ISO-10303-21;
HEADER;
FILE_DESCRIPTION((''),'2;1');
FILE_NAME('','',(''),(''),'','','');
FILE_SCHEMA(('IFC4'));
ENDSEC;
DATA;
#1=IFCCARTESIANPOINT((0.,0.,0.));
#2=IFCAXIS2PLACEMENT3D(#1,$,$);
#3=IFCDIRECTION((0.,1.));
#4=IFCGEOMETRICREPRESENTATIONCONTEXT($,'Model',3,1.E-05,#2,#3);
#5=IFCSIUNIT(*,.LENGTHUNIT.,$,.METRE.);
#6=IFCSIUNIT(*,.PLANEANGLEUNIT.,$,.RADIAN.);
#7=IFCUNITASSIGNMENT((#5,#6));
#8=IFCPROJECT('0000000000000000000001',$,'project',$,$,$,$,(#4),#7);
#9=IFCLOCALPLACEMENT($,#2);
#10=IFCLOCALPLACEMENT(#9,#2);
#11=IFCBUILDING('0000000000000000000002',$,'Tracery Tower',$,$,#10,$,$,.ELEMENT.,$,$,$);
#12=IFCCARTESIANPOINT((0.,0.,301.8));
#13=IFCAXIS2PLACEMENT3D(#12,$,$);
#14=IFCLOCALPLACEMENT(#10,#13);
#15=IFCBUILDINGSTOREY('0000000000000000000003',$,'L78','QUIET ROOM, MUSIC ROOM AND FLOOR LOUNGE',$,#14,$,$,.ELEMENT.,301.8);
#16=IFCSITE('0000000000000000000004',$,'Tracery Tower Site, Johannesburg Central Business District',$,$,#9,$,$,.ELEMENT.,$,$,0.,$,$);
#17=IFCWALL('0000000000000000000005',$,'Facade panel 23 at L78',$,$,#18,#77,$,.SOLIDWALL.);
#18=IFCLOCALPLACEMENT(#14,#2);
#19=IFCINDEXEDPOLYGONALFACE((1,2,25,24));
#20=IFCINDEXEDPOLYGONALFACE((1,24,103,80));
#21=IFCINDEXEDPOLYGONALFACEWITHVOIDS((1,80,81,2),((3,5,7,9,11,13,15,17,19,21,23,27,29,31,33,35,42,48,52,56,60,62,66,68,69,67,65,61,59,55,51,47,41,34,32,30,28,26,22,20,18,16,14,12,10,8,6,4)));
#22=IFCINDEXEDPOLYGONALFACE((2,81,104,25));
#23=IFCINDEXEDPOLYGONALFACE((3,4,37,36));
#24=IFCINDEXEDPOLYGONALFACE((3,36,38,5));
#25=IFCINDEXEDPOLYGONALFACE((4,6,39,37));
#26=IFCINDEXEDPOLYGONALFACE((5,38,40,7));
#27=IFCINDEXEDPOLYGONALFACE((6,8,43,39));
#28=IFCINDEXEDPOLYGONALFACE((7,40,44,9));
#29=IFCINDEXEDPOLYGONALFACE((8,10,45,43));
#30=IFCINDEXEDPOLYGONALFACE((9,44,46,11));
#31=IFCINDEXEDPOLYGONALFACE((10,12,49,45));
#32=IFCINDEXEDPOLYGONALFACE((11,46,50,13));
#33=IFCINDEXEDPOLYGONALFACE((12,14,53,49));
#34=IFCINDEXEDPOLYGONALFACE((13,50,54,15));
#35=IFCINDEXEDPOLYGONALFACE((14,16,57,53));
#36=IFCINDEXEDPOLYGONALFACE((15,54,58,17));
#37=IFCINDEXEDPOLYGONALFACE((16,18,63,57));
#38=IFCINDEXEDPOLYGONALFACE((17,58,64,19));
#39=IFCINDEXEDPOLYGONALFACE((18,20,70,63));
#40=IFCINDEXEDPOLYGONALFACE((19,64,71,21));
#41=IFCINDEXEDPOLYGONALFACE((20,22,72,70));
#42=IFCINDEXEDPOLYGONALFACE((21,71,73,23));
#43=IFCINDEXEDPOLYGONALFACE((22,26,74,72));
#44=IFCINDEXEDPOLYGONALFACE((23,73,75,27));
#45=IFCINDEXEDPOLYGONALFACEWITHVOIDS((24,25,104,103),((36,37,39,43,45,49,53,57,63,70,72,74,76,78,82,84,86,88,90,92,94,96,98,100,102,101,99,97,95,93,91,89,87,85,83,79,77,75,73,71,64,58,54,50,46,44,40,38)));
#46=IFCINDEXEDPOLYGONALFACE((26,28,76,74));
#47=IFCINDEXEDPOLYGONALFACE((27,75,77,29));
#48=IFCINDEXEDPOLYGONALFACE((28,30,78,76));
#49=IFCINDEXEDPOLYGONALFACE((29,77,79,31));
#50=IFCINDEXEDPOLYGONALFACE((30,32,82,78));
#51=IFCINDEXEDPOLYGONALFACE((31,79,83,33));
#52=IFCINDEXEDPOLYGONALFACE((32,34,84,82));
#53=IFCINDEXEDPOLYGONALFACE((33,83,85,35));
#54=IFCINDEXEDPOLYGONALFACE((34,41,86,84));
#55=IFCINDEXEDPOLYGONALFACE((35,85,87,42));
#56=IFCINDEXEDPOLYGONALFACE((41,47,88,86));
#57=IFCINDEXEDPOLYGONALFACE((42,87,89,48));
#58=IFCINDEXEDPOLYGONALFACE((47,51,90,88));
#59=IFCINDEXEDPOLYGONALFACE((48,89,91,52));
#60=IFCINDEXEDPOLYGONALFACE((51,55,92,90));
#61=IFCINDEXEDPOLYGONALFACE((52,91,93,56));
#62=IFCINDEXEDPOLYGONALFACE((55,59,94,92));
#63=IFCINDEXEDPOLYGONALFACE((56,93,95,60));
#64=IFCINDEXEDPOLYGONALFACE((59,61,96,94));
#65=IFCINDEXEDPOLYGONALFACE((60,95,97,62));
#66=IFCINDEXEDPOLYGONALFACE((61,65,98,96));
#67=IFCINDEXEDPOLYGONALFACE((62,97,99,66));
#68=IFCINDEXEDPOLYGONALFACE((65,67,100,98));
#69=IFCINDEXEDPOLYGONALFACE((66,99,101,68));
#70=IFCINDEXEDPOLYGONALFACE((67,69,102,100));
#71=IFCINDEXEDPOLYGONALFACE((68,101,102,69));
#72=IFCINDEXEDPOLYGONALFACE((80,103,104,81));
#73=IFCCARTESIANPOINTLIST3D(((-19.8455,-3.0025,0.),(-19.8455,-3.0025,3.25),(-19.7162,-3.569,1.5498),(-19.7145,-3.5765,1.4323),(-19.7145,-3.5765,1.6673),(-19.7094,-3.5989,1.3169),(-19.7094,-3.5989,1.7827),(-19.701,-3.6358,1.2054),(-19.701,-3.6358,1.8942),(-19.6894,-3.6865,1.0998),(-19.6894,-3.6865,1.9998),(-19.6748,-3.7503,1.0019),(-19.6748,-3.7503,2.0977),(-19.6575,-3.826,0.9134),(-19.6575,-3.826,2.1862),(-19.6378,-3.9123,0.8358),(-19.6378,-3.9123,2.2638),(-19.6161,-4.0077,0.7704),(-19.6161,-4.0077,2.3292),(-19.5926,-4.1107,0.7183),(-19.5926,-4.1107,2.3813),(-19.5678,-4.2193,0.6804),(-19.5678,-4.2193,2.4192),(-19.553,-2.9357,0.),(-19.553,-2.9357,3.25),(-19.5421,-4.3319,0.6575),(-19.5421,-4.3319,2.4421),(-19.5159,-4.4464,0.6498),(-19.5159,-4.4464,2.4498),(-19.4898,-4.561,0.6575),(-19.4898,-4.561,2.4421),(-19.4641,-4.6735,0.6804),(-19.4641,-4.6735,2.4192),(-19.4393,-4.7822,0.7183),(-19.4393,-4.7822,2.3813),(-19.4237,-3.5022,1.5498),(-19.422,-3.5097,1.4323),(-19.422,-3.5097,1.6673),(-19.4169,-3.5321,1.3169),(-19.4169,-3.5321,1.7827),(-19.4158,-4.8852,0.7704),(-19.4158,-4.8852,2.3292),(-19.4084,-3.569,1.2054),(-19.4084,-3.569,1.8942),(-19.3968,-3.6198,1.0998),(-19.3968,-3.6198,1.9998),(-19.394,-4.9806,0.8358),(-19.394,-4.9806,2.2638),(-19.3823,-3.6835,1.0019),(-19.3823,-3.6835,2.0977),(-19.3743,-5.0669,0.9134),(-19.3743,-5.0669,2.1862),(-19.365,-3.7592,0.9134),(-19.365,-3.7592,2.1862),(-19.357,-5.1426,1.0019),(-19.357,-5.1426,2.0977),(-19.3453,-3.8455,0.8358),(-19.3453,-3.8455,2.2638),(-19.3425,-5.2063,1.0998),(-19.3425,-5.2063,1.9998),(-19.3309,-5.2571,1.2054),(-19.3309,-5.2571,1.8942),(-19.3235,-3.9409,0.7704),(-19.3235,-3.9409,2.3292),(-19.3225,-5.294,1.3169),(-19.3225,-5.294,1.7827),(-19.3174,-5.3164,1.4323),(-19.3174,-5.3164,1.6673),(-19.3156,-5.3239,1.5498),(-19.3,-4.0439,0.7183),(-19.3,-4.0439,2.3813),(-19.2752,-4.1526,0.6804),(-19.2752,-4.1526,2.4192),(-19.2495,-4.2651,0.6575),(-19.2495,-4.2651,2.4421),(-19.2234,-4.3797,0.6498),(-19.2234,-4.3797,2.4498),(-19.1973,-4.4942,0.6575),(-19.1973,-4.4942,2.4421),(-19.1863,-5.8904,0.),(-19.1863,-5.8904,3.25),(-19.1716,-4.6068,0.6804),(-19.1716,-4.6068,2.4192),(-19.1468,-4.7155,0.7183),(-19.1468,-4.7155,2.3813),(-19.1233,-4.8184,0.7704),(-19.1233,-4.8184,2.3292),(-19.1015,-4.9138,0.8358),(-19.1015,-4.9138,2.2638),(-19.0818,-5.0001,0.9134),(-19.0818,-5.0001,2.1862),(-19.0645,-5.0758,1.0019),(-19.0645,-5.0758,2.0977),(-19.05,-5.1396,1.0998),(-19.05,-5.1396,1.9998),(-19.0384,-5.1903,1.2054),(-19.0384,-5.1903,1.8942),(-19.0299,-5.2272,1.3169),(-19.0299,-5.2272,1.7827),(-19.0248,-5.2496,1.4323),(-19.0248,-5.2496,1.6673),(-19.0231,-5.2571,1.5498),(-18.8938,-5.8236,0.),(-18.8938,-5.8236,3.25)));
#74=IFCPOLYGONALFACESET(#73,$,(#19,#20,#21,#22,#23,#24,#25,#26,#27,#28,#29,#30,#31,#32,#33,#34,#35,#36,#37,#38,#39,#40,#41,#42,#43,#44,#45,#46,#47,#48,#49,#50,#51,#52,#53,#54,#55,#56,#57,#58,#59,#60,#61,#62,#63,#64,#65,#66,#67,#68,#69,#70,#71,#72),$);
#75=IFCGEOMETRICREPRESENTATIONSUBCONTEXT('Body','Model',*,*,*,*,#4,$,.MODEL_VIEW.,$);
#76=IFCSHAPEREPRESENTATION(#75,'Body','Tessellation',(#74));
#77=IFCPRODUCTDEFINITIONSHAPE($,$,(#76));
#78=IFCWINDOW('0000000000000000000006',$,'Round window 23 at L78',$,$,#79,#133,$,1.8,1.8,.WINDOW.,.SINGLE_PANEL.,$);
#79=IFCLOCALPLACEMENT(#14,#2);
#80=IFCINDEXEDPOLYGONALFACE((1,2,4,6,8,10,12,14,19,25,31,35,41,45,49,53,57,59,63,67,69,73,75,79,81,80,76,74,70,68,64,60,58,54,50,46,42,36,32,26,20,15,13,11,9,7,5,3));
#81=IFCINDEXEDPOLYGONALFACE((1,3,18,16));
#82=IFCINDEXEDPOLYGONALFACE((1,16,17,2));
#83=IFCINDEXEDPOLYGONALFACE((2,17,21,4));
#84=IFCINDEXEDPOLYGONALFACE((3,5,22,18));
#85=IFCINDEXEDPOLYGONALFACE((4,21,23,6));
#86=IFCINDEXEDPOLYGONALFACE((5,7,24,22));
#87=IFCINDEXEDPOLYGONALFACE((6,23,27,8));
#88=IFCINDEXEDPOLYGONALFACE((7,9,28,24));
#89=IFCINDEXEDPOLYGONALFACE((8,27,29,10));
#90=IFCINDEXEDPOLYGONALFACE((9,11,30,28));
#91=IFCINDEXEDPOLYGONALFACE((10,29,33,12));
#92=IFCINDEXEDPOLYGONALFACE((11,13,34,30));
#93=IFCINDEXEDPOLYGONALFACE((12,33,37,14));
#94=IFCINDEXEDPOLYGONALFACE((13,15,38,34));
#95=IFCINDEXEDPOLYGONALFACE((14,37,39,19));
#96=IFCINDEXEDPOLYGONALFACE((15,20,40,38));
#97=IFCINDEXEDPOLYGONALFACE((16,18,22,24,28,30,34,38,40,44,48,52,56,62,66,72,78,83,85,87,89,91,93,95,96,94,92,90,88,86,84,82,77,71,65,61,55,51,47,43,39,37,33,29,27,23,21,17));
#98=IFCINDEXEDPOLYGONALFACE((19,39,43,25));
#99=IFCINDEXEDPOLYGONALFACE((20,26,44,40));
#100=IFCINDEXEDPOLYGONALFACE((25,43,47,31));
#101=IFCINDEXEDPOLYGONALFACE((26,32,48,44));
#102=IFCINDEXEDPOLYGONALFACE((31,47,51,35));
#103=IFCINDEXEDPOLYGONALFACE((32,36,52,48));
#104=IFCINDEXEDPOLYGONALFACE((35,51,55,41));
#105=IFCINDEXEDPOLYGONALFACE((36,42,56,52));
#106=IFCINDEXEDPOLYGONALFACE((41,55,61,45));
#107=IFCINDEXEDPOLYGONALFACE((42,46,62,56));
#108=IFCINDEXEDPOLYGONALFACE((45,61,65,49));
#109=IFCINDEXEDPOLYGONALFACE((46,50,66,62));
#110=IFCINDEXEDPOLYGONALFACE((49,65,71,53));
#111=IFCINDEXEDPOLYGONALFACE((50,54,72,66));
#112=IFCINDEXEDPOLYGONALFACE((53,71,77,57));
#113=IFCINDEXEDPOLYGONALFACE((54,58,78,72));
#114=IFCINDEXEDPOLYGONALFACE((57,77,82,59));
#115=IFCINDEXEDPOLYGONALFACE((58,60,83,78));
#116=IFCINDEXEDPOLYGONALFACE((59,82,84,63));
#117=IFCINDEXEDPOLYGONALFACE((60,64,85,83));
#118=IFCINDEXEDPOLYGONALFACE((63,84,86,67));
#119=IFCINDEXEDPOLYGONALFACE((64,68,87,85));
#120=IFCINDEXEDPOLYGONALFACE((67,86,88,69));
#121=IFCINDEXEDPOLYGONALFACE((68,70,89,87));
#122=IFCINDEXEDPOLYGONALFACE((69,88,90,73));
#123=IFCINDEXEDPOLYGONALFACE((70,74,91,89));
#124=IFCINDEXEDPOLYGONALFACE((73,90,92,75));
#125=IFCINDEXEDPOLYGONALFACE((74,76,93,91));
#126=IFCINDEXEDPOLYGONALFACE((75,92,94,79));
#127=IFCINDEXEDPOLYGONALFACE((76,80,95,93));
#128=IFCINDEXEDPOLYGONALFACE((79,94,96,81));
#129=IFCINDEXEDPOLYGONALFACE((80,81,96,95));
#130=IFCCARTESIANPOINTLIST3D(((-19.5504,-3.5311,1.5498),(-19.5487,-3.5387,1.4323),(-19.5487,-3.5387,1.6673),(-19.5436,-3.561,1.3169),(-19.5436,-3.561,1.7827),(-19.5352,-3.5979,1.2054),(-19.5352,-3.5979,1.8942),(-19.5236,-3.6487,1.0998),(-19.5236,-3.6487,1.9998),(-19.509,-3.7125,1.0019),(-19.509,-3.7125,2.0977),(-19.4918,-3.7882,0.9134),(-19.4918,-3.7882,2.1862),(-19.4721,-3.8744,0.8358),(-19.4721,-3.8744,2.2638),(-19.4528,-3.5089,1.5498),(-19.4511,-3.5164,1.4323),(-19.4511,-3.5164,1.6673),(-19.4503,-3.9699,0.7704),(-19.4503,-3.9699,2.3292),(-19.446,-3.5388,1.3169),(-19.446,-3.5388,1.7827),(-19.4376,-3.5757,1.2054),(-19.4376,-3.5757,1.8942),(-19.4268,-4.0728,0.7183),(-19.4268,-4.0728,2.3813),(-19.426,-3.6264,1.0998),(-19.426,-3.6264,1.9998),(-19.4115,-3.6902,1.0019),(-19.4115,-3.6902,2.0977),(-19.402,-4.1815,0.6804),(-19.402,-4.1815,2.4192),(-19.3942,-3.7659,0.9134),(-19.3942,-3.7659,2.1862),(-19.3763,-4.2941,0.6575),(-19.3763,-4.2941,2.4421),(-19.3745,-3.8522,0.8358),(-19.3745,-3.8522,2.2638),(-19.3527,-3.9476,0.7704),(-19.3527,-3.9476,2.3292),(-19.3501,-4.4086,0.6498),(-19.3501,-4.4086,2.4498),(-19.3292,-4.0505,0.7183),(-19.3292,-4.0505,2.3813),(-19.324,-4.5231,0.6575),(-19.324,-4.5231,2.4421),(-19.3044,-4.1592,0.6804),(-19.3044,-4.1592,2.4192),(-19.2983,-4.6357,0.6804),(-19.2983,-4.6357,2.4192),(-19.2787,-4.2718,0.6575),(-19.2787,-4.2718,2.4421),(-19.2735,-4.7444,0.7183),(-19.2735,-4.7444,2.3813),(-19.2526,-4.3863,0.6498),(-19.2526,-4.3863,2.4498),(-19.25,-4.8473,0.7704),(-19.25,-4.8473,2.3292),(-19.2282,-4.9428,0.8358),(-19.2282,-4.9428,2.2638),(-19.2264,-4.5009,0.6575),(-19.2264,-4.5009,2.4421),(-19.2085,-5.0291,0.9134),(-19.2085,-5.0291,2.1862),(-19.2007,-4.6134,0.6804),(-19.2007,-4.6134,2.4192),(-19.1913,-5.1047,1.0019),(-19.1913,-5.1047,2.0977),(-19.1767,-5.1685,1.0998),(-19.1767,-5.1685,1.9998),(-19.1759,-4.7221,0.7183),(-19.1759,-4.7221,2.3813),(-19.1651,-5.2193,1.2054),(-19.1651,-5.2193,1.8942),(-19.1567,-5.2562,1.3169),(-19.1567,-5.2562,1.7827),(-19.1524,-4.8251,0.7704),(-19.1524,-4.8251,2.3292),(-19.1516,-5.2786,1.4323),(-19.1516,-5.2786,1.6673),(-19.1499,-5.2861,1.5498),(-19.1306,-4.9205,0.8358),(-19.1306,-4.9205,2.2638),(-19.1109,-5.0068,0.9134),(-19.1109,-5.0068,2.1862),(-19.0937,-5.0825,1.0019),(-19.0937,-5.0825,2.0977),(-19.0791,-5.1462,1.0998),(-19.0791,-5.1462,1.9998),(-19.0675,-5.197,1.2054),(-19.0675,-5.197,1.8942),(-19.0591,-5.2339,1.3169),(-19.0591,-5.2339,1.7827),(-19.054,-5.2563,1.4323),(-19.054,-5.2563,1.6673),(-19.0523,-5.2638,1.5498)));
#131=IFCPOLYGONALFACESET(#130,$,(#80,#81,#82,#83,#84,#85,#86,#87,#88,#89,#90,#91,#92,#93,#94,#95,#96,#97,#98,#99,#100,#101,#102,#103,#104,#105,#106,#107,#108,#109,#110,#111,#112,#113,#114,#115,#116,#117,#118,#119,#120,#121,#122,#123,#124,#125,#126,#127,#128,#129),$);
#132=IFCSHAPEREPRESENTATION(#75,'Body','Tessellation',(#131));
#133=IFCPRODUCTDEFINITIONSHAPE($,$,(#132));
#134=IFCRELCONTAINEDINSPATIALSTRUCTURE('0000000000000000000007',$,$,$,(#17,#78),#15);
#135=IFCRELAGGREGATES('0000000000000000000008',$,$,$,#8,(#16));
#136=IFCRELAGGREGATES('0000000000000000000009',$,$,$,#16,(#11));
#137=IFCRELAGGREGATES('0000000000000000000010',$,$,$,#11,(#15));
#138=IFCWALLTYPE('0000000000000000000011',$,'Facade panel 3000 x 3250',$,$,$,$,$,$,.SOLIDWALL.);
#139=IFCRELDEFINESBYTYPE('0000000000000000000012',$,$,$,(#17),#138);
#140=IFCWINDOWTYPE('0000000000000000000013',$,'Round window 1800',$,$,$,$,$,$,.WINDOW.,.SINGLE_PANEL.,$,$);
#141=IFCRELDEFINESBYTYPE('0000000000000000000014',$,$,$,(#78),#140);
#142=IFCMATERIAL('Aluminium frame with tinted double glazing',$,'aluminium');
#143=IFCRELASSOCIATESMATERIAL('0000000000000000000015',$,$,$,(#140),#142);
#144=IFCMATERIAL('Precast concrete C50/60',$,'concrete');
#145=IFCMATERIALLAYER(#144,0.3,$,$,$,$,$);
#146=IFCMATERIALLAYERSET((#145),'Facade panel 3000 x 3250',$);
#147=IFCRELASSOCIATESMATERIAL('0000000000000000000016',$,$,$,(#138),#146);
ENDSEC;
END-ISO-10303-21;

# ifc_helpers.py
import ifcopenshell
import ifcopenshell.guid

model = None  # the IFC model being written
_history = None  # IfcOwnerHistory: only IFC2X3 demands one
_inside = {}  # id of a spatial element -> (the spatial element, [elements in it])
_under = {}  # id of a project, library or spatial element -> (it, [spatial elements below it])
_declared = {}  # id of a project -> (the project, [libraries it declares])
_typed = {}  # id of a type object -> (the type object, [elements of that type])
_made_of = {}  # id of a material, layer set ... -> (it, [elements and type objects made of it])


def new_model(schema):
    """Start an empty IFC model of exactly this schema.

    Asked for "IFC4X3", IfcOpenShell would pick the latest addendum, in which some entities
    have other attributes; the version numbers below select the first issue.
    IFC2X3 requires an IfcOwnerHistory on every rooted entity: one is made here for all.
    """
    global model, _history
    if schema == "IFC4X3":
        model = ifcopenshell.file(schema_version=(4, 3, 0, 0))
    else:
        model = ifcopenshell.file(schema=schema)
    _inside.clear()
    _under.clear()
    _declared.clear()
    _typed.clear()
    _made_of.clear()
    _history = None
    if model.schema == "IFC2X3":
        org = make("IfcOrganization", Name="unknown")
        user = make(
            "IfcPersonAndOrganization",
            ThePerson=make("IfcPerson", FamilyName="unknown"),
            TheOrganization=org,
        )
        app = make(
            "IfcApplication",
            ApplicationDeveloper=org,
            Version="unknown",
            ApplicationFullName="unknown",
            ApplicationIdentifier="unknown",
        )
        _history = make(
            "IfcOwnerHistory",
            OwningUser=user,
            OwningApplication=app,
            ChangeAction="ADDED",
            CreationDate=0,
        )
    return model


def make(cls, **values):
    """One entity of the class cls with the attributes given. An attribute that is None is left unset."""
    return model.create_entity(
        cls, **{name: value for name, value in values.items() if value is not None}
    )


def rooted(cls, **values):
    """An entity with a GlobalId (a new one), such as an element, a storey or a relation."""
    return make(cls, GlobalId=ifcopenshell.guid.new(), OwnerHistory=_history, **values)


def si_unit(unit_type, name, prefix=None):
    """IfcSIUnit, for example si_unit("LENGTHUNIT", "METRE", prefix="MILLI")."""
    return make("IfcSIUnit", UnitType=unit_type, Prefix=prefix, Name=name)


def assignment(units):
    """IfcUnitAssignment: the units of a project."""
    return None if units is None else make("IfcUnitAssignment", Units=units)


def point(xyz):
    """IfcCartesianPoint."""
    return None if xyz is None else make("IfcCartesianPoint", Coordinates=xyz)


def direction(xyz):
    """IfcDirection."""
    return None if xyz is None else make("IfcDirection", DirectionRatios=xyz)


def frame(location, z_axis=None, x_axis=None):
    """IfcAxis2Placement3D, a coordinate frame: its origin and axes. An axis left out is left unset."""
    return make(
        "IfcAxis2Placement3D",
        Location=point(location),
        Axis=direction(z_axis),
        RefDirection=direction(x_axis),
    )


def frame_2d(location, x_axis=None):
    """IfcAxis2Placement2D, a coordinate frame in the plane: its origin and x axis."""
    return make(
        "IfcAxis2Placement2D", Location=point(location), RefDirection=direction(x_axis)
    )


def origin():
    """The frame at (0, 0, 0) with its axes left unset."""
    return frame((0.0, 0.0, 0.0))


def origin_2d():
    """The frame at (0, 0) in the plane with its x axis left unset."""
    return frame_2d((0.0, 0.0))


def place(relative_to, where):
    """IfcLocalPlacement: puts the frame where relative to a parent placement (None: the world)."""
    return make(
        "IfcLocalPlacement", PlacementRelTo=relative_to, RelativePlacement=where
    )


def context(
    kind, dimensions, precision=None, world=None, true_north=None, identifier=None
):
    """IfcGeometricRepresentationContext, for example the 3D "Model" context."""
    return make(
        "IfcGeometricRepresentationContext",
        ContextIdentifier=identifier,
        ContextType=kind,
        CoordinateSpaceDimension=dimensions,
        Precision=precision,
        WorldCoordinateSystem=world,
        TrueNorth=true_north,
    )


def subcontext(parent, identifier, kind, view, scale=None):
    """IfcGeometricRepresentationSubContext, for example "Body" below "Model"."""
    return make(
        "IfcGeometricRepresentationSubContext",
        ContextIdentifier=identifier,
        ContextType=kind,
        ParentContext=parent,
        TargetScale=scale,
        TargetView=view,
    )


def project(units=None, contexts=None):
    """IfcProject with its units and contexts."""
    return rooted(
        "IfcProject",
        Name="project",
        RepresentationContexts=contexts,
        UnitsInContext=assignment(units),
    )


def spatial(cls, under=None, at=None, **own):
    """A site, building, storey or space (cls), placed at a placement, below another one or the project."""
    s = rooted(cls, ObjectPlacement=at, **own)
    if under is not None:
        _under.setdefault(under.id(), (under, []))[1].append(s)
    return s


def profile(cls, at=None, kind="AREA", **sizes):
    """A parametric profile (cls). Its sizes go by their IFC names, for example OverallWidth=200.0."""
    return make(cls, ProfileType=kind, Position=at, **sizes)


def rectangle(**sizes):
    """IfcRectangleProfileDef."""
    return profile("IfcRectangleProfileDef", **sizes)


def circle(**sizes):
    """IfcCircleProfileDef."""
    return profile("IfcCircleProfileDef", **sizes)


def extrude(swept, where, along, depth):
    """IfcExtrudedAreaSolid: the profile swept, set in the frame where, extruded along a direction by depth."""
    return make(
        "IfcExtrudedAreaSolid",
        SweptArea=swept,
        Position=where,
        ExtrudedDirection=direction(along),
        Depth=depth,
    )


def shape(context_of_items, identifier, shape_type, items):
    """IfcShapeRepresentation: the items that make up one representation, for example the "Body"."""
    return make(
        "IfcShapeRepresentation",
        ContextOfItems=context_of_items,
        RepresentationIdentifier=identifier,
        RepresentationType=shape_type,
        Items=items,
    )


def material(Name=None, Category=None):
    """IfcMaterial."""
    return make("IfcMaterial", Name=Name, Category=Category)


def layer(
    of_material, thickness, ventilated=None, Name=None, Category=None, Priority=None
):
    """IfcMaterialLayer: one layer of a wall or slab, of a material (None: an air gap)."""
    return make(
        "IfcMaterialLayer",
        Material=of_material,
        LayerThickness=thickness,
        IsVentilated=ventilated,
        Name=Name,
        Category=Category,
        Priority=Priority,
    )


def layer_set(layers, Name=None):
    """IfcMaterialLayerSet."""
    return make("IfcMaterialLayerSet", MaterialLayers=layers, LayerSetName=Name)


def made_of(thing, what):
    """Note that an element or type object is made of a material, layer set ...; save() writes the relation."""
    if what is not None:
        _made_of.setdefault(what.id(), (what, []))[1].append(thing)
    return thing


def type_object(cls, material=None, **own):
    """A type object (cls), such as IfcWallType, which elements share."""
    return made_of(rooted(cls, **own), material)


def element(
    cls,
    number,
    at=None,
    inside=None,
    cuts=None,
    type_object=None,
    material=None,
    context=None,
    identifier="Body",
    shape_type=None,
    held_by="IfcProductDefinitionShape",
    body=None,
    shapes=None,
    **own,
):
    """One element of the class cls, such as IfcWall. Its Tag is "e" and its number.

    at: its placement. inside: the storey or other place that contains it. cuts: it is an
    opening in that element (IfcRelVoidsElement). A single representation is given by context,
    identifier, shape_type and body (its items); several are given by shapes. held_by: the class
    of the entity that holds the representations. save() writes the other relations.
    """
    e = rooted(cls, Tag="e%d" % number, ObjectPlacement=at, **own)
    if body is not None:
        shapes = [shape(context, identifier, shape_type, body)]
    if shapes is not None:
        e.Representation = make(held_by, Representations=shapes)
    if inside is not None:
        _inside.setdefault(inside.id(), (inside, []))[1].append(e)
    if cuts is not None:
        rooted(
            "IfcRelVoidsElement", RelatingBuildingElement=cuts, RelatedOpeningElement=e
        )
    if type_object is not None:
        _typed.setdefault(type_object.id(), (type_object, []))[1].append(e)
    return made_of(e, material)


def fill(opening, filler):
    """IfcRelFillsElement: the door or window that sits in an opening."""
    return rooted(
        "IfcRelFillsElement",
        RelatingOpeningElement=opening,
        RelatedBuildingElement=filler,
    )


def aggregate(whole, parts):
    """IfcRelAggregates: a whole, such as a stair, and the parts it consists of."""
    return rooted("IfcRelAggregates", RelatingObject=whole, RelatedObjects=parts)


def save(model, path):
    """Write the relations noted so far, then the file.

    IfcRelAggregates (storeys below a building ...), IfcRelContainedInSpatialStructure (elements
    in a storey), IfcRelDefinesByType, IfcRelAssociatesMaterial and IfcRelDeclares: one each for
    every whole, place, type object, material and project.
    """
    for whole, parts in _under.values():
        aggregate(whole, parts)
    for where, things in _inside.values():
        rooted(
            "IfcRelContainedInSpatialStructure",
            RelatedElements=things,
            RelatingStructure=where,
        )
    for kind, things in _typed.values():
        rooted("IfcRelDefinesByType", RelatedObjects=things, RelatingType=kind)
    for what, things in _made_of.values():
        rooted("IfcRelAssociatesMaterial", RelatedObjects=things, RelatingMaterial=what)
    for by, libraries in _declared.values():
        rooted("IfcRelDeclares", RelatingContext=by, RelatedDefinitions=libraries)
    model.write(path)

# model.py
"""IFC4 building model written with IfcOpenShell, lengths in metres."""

from ifc_helpers import new_model, si_unit, direction, frame, frame_2d, origin, origin_2d, place, context, subcontext, project, spatial, rectangle, circle, extrude, material, layer, layer_set, type_object, element, fill, save


model = new_model("IFC4")

# Units and contexts
model_context = context("Model", 3, precision=1e-05, world=origin(), true_north=direction((0.0, 1.0)))
body_context = subcontext(model_context, "Body", "Model", "MODEL_VIEW")
ifc_project = project(units=[si_unit("LENGTHUNIT", "METRE"), si_unit("PLANEANGLEUNIT", "RADIAN")], contexts=[model_context])

# Site, building, storey
site_placement = place(None, origin())
site = spatial("IfcSite", under=ifc_project, at=site_placement, Name="Tracery Tower Site, Johannesburg Central Business District", CompositionType="ELEMENT", RefElevation=0.0)
building_placement = place(site_placement, origin())
building = spatial("IfcBuilding", under=site, at=building_placement, Name="Tracery Tower", CompositionType="ELEMENT")
storey_placement = place(building_placement, frame((0.0, 0.0, 301.8)))
storey = spatial("IfcBuildingStorey", under=building, at=storey_placement, Name="L78", Description="QUIET ROOM, MUSIC ROOM AND FLOOR LOUNGE", CompositionType="ELEMENT", Elevation=301.8)

# Wall, opening, window
ifc_material_1 = material(Name="Aluminium frame with tinted double glazing", Category="aluminium")
window_type = type_object("IfcWindowType", Name="Round window 1800", PartitioningType="SINGLE_PANEL", PredefinedType="WINDOW", material=ifc_material_1)
ifc_material_2 = material(Name="Precast concrete C50/60", Category="concrete")
ifc_layer_1 = layer(ifc_material_2, 0.3)
ifc_layer_set_1 = layer_set([ifc_layer_1], Name="Facade panel 3000 x 3250")
wall_type_1 = type_object("IfcWallType", Name="Facade panel 3000 x 3250", PredefinedType="SOLIDWALL", material=ifc_layer_set_1)
wall_1_placement = place(storey_placement, frame((-19.6992, -2.9692, 0.0), z_axis=(0.0, 0.0, 1.0), x_axis=(0.222529, -0.974926, 0.0)))
wall_1 = element("IfcWall", 1, at=wall_1_placement, inside=storey, type_object=wall_type_1, Name="Facade panel 23 at L78", PredefinedType="SOLIDWALL", context=body_context, shape_type="SweptSolid", body=[
    extrude(rectangle(XDim=2.9622, YDim=0.3, at=frame_2d((1.481, 0.0))), origin(), (0.0, 0.0, 1.0), 3.25),
])
opening_1_placement = place(wall_1_placement, frame((1.481, 0.0, 1.5498)))
opening_1 = element("IfcOpeningElement", 2, at=opening_1_placement, cuts=wall_1, PredefinedType="OPENING", context=body_context, shape_type="SweptSolid", body=[
    extrude(circle(Radius=0.9, at=origin_2d()), frame((0.0, 0.1599, 0.0), z_axis=(0.0, -1.0, 0.0), x_axis=(1.0, 0.0, 0.0)), (0.0, 0.0, 1.0), 0.3201),
])
window_1_placement = place(opening_1_placement, origin())
window_1 = element("IfcWindow", 3, at=window_1_placement, inside=storey, type_object=window_type, Name="Round window 23 at L78", OverallHeight=1.8, OverallWidth=1.8, PartitioningType="SINGLE_PANEL", PredefinedType="WINDOW", context=body_context, shape_type="SweptSolid", body=[
    extrude(circle(Radius=0.9, at=origin_2d()), frame((0.0, 0.1201, 0.0), z_axis=(0.0, -1.0, 0.0), x_axis=(1.0, 0.0, 0.0)), (0.0, 0.0, 1.0), 0.1001),
])
fill(opening_1, window_1)

save(model, "model.ifc")
